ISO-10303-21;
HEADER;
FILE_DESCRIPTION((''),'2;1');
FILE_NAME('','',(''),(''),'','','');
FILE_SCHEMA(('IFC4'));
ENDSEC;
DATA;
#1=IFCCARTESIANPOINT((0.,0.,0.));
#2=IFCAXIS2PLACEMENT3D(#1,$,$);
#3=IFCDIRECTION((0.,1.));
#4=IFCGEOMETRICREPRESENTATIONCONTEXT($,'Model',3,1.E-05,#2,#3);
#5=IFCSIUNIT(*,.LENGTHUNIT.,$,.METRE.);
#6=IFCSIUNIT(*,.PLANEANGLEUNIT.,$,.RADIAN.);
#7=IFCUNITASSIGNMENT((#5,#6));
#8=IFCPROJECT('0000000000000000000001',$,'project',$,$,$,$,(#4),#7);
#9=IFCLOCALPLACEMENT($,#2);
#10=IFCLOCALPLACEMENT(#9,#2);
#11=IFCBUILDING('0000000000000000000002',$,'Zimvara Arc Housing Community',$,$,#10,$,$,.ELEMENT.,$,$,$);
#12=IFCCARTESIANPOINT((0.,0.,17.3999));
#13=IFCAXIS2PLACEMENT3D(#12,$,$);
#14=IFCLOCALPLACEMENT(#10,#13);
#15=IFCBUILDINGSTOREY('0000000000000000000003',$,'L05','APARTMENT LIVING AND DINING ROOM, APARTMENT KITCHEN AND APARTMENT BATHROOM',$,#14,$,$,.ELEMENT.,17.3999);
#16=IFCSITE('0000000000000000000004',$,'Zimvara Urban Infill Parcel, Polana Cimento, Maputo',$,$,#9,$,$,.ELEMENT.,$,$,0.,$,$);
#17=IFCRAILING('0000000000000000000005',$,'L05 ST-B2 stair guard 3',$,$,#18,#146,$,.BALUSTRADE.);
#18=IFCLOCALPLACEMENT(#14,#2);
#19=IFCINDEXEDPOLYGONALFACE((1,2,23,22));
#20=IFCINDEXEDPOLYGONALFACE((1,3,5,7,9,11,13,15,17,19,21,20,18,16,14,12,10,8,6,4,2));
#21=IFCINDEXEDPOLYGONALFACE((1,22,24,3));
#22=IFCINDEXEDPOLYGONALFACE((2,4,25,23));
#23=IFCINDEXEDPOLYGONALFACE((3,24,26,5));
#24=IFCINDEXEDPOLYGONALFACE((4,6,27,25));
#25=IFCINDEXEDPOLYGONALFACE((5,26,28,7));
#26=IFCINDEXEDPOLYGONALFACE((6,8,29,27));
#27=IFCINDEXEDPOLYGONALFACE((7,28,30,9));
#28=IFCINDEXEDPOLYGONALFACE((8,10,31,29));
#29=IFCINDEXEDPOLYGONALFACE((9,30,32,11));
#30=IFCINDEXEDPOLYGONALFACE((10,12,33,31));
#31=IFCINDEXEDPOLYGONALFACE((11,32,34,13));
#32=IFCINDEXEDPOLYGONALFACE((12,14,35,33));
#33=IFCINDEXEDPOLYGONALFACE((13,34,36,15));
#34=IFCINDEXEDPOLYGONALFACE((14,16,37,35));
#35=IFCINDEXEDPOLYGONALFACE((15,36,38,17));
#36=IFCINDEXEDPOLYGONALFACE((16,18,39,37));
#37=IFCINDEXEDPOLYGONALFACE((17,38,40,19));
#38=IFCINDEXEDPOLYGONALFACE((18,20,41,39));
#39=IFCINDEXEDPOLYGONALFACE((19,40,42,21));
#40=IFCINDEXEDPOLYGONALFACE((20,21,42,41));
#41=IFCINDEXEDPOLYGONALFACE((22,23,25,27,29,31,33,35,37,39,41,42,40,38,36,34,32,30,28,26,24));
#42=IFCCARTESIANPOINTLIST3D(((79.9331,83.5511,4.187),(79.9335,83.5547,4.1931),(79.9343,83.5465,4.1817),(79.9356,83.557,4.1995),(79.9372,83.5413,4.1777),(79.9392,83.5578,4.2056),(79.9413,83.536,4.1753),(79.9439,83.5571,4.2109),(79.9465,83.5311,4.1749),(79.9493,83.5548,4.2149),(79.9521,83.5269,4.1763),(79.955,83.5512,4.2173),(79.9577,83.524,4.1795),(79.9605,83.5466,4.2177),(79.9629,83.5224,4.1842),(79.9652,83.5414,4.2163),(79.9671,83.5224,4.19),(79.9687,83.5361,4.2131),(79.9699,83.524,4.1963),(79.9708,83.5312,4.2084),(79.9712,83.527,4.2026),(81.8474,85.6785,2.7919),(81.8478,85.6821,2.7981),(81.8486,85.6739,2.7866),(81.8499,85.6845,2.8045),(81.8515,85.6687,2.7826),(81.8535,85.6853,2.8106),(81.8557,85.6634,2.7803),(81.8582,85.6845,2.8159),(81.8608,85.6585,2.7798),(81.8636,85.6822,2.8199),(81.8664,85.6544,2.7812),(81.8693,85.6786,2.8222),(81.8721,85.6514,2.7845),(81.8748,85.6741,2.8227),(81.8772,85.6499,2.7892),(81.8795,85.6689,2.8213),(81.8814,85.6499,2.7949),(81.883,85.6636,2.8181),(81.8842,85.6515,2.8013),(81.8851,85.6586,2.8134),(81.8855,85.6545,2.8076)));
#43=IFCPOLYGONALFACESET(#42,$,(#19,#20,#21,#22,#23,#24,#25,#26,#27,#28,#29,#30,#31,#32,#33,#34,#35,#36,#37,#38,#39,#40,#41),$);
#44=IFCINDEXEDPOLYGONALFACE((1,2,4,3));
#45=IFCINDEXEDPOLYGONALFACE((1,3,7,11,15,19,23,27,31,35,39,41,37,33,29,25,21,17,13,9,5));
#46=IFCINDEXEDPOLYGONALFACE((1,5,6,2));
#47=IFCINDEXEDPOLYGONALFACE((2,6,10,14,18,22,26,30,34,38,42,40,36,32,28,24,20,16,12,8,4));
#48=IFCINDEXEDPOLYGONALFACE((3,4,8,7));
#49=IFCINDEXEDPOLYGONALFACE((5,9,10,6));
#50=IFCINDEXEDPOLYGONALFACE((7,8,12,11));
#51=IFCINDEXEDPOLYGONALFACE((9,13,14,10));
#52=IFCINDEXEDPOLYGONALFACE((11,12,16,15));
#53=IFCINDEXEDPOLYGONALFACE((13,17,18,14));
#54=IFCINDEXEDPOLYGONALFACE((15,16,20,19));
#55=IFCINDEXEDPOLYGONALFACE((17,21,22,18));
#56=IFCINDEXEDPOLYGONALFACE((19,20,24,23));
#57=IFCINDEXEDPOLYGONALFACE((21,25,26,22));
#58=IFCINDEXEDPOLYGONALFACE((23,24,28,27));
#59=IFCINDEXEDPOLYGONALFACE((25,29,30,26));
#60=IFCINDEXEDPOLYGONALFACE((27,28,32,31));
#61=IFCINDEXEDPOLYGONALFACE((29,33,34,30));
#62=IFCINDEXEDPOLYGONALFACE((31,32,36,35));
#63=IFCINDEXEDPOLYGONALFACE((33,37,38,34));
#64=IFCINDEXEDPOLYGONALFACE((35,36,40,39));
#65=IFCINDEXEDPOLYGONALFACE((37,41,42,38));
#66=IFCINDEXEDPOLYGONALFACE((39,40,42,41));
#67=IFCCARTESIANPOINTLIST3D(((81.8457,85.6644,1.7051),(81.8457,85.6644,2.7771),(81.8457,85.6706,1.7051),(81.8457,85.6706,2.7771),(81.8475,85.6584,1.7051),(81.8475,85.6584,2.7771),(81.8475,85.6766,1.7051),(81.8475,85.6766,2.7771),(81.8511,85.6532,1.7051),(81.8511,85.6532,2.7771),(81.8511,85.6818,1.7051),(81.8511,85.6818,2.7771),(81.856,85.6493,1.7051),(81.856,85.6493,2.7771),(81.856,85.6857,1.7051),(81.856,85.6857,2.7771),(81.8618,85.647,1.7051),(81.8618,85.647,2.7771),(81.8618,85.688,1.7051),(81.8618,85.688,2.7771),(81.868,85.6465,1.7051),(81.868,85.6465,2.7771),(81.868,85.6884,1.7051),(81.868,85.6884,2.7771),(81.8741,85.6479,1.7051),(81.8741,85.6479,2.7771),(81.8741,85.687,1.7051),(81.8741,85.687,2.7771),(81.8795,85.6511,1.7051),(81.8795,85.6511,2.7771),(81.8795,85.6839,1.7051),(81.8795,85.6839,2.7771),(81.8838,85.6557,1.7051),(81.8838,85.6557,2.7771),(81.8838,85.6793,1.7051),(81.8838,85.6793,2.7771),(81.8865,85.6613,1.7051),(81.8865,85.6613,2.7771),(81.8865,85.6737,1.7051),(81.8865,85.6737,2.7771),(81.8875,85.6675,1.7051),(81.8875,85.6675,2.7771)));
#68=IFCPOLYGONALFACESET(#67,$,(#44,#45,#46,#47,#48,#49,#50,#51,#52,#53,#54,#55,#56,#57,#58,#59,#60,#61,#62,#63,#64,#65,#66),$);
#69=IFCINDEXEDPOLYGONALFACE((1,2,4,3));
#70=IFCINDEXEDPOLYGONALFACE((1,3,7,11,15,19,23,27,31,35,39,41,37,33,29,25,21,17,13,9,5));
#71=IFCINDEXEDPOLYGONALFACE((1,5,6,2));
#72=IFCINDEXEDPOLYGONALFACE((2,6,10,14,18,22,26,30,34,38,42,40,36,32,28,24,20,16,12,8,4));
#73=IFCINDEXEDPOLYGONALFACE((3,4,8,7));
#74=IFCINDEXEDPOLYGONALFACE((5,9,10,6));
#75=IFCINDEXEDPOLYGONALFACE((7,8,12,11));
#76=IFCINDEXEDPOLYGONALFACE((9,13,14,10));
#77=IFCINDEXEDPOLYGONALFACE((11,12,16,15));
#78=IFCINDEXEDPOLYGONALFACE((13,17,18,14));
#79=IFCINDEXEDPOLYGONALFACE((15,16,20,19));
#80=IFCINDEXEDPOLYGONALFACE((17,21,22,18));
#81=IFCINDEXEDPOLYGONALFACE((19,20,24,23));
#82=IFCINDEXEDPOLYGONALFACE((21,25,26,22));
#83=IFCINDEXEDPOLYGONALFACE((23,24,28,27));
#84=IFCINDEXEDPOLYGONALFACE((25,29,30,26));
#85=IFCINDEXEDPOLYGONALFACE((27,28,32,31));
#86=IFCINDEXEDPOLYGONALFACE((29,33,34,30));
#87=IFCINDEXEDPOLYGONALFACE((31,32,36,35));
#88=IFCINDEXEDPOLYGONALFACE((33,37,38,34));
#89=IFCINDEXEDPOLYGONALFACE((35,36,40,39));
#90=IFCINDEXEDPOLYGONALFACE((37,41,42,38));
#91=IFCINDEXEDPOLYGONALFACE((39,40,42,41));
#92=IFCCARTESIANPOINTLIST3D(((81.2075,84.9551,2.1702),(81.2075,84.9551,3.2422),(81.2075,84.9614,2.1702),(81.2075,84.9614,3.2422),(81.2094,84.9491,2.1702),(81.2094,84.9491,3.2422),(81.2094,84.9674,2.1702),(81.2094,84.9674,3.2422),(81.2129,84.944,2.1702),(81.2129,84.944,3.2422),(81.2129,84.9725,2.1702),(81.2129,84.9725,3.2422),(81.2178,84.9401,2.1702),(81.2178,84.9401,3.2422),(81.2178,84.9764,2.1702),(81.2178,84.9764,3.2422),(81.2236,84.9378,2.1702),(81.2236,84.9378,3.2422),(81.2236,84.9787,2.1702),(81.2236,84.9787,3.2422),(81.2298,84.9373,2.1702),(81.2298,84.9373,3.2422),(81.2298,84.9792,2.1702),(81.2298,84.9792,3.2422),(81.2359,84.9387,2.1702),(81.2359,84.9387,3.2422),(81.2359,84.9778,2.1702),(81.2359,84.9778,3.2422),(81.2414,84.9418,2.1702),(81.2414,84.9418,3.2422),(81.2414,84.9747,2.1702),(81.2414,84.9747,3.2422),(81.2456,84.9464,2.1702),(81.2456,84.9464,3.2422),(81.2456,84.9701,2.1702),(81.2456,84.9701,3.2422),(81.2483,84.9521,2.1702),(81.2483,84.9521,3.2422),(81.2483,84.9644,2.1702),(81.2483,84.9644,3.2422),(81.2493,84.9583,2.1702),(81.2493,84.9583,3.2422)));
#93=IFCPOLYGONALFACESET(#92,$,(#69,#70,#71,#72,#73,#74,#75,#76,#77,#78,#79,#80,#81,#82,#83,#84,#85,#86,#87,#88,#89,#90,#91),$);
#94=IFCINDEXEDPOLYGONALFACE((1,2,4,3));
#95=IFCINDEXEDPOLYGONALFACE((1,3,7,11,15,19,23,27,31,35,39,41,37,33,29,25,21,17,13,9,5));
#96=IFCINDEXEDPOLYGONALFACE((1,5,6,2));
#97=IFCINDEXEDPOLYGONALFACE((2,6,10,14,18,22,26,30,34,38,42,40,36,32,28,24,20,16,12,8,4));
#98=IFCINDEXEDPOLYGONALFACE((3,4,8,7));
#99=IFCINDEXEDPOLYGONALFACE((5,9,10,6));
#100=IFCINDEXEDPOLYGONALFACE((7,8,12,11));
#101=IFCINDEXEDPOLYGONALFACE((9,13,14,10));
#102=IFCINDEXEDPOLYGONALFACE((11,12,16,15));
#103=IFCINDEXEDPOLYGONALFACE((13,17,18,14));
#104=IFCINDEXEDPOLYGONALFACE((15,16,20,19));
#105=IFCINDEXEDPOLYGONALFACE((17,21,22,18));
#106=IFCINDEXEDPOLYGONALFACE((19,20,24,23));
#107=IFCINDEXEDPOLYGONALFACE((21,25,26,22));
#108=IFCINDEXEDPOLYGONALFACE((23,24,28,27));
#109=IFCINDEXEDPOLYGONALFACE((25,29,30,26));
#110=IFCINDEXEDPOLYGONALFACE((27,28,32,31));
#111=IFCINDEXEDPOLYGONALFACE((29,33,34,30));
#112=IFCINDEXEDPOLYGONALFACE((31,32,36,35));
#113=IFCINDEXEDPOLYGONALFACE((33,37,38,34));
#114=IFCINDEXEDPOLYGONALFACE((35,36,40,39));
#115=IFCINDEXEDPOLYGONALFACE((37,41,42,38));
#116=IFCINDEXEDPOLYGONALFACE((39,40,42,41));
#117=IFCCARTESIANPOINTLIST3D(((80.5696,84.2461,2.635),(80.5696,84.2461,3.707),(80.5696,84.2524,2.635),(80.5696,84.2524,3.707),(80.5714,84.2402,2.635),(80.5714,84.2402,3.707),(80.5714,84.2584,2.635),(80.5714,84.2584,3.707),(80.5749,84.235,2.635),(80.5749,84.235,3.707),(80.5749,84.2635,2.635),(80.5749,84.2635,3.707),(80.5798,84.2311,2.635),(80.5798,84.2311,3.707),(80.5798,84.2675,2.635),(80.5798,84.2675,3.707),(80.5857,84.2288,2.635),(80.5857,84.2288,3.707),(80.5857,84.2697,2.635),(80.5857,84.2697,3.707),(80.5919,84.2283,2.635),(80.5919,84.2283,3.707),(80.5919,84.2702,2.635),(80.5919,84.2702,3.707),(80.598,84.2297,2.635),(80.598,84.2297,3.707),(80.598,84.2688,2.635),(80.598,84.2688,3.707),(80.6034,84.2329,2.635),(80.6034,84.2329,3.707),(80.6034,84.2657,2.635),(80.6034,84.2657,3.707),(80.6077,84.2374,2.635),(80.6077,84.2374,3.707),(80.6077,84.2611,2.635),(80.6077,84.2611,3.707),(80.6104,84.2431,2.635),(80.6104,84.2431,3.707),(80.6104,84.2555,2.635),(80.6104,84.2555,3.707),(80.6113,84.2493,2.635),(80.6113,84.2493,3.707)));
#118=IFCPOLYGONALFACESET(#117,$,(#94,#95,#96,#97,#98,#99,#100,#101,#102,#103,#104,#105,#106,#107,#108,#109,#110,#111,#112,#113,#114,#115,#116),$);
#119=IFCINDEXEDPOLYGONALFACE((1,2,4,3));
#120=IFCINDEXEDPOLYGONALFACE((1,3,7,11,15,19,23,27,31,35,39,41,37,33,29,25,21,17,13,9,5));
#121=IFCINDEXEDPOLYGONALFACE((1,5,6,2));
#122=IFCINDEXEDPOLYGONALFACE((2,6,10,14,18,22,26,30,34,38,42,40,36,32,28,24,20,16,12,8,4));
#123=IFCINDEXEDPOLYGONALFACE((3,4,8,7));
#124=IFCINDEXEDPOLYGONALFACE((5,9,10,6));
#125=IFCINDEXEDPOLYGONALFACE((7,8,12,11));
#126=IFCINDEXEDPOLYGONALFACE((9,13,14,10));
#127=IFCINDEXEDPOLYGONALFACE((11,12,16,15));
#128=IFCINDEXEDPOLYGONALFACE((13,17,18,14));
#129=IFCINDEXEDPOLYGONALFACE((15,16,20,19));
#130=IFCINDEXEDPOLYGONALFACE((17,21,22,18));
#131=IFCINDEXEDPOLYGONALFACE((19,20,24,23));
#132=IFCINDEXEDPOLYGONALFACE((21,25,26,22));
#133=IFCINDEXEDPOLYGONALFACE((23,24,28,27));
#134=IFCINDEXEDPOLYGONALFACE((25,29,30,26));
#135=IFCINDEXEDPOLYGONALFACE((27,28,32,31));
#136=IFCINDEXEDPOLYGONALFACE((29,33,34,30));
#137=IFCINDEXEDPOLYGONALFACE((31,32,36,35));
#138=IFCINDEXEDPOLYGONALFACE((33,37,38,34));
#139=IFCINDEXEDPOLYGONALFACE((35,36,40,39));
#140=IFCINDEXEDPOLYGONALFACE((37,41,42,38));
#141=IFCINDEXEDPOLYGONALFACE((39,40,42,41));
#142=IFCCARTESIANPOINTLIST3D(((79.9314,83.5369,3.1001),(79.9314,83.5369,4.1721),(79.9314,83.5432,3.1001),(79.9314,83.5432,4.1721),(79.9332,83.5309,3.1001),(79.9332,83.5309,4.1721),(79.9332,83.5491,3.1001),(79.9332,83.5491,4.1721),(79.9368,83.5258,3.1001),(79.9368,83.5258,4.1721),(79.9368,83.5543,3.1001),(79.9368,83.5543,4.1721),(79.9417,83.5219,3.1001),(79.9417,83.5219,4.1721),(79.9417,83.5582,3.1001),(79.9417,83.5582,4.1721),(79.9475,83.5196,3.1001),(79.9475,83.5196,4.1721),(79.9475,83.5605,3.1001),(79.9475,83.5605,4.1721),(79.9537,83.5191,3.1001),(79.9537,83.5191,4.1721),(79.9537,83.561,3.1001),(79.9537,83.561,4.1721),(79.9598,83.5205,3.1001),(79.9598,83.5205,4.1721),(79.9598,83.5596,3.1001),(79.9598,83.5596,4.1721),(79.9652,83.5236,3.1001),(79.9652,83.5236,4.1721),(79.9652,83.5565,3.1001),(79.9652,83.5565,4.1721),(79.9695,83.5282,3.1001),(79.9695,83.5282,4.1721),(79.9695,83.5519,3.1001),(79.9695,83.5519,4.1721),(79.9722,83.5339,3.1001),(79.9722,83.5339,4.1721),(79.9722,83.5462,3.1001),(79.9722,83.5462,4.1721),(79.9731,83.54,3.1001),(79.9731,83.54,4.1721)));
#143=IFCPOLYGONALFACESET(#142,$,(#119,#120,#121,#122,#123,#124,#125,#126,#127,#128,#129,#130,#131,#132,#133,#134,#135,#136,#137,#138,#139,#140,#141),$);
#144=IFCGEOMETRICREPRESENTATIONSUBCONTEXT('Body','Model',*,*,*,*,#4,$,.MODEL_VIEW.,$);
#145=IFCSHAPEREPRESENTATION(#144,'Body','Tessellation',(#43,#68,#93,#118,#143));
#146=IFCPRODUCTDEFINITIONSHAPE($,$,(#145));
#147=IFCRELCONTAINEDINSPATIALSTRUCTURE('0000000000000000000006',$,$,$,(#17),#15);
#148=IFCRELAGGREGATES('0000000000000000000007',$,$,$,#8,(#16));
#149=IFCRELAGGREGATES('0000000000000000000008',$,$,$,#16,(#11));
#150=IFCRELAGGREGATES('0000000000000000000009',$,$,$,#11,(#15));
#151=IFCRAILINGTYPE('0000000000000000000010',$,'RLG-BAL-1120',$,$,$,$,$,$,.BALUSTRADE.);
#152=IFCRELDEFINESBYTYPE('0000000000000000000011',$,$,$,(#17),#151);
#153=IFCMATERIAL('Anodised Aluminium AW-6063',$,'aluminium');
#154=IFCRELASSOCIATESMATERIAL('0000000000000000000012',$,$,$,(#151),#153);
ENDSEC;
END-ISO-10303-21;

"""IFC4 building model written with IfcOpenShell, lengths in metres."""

from ifc_helpers import new_model, si_unit, direction, frame, origin, origin_2d, place, context, subcontext, project, spatial, circle, extrude, material, type_object, element, save


model = new_model("IFC4")

# Units and contexts
model_context = context("Model", 3, precision=1e-05, world=origin(), true_north=direction((0.0, 1.0)))
body_context = subcontext(model_context, "Body", "Model", "MODEL_VIEW")
ifc_project = project(units=[si_unit("LENGTHUNIT", "METRE"), si_unit("PLANEANGLEUNIT", "RADIAN")], contexts=[model_context])

# Site, building, storey
site_placement = place(None, origin())
site = spatial("IfcSite", under=ifc_project, at=site_placement, Name="Zimvara Urban Infill Parcel, Polana Cimento, Maputo", CompositionType="ELEMENT", RefElevation=0.0)
building_placement = place(site_placement, origin())
building = spatial("IfcBuilding", under=site, at=building_placement, Name="Zimvara Arc Housing Community", CompositionType="ELEMENT")
storey_placement = place(building_placement, frame((0.0, 0.0, 17.3999)))
storey = spatial("IfcBuildingStorey", under=building, at=storey_placement, Name="L05", Description="APARTMENT LIVING AND DINING ROOM, APARTMENT KITCHEN AND APARTMENT BATHROOM", CompositionType="ELEMENT", Elevation=17.3999)

# Railing
ifc_material_1 = material(Name="Anodised Aluminium AW-6063", Category="aluminium")
railing_type_1 = type_object("IfcRailingType", Name="RLG-BAL-1120", PredefinedType="BALUSTRADE", material=ifc_material_1)
railing_1_placement = place(storey_placement, frame((81.8665, 85.6675, 1.7051)))
element("IfcRailing", 1, at=railing_1_placement, inside=storey, type_object=railing_type_1, Name="L05 ST-B2 stair guard 3", PredefinedType="BALUSTRADE", context=body_context, shape_type="SweptSolid", body=[
    extrude(circle(Radius=0.0239, at=origin_2d()), frame((0.0, 0.0, 1.0962), z_axis=(-0.601263, -0.668206, 0.43816), x_axis=(0.743362, -0.668889, 0.0)), (0.0, 0.0, 1.0), 3.1838),
    extrude(circle(Radius=0.021, at=origin_2d()), origin(), (0.0, 0.0, 1.0), 1.072),
    extrude(circle(Radius=0.021, at=origin_2d()), frame((-0.6382, -0.7092, 0.4651)), (0.0, 0.0, 1.0), 1.072),
    extrude(circle(Radius=0.021, at=origin_2d()), frame((-1.2761, -1.4182, 0.9299)), (0.0, 0.0, 1.0), 1.072),
    extrude(circle(Radius=0.021, at=origin_2d()), frame((-1.9143, -2.1274, 1.395)), (0.0, 0.0, 1.0), 1.072),
])

save(model, "model.ifc")
